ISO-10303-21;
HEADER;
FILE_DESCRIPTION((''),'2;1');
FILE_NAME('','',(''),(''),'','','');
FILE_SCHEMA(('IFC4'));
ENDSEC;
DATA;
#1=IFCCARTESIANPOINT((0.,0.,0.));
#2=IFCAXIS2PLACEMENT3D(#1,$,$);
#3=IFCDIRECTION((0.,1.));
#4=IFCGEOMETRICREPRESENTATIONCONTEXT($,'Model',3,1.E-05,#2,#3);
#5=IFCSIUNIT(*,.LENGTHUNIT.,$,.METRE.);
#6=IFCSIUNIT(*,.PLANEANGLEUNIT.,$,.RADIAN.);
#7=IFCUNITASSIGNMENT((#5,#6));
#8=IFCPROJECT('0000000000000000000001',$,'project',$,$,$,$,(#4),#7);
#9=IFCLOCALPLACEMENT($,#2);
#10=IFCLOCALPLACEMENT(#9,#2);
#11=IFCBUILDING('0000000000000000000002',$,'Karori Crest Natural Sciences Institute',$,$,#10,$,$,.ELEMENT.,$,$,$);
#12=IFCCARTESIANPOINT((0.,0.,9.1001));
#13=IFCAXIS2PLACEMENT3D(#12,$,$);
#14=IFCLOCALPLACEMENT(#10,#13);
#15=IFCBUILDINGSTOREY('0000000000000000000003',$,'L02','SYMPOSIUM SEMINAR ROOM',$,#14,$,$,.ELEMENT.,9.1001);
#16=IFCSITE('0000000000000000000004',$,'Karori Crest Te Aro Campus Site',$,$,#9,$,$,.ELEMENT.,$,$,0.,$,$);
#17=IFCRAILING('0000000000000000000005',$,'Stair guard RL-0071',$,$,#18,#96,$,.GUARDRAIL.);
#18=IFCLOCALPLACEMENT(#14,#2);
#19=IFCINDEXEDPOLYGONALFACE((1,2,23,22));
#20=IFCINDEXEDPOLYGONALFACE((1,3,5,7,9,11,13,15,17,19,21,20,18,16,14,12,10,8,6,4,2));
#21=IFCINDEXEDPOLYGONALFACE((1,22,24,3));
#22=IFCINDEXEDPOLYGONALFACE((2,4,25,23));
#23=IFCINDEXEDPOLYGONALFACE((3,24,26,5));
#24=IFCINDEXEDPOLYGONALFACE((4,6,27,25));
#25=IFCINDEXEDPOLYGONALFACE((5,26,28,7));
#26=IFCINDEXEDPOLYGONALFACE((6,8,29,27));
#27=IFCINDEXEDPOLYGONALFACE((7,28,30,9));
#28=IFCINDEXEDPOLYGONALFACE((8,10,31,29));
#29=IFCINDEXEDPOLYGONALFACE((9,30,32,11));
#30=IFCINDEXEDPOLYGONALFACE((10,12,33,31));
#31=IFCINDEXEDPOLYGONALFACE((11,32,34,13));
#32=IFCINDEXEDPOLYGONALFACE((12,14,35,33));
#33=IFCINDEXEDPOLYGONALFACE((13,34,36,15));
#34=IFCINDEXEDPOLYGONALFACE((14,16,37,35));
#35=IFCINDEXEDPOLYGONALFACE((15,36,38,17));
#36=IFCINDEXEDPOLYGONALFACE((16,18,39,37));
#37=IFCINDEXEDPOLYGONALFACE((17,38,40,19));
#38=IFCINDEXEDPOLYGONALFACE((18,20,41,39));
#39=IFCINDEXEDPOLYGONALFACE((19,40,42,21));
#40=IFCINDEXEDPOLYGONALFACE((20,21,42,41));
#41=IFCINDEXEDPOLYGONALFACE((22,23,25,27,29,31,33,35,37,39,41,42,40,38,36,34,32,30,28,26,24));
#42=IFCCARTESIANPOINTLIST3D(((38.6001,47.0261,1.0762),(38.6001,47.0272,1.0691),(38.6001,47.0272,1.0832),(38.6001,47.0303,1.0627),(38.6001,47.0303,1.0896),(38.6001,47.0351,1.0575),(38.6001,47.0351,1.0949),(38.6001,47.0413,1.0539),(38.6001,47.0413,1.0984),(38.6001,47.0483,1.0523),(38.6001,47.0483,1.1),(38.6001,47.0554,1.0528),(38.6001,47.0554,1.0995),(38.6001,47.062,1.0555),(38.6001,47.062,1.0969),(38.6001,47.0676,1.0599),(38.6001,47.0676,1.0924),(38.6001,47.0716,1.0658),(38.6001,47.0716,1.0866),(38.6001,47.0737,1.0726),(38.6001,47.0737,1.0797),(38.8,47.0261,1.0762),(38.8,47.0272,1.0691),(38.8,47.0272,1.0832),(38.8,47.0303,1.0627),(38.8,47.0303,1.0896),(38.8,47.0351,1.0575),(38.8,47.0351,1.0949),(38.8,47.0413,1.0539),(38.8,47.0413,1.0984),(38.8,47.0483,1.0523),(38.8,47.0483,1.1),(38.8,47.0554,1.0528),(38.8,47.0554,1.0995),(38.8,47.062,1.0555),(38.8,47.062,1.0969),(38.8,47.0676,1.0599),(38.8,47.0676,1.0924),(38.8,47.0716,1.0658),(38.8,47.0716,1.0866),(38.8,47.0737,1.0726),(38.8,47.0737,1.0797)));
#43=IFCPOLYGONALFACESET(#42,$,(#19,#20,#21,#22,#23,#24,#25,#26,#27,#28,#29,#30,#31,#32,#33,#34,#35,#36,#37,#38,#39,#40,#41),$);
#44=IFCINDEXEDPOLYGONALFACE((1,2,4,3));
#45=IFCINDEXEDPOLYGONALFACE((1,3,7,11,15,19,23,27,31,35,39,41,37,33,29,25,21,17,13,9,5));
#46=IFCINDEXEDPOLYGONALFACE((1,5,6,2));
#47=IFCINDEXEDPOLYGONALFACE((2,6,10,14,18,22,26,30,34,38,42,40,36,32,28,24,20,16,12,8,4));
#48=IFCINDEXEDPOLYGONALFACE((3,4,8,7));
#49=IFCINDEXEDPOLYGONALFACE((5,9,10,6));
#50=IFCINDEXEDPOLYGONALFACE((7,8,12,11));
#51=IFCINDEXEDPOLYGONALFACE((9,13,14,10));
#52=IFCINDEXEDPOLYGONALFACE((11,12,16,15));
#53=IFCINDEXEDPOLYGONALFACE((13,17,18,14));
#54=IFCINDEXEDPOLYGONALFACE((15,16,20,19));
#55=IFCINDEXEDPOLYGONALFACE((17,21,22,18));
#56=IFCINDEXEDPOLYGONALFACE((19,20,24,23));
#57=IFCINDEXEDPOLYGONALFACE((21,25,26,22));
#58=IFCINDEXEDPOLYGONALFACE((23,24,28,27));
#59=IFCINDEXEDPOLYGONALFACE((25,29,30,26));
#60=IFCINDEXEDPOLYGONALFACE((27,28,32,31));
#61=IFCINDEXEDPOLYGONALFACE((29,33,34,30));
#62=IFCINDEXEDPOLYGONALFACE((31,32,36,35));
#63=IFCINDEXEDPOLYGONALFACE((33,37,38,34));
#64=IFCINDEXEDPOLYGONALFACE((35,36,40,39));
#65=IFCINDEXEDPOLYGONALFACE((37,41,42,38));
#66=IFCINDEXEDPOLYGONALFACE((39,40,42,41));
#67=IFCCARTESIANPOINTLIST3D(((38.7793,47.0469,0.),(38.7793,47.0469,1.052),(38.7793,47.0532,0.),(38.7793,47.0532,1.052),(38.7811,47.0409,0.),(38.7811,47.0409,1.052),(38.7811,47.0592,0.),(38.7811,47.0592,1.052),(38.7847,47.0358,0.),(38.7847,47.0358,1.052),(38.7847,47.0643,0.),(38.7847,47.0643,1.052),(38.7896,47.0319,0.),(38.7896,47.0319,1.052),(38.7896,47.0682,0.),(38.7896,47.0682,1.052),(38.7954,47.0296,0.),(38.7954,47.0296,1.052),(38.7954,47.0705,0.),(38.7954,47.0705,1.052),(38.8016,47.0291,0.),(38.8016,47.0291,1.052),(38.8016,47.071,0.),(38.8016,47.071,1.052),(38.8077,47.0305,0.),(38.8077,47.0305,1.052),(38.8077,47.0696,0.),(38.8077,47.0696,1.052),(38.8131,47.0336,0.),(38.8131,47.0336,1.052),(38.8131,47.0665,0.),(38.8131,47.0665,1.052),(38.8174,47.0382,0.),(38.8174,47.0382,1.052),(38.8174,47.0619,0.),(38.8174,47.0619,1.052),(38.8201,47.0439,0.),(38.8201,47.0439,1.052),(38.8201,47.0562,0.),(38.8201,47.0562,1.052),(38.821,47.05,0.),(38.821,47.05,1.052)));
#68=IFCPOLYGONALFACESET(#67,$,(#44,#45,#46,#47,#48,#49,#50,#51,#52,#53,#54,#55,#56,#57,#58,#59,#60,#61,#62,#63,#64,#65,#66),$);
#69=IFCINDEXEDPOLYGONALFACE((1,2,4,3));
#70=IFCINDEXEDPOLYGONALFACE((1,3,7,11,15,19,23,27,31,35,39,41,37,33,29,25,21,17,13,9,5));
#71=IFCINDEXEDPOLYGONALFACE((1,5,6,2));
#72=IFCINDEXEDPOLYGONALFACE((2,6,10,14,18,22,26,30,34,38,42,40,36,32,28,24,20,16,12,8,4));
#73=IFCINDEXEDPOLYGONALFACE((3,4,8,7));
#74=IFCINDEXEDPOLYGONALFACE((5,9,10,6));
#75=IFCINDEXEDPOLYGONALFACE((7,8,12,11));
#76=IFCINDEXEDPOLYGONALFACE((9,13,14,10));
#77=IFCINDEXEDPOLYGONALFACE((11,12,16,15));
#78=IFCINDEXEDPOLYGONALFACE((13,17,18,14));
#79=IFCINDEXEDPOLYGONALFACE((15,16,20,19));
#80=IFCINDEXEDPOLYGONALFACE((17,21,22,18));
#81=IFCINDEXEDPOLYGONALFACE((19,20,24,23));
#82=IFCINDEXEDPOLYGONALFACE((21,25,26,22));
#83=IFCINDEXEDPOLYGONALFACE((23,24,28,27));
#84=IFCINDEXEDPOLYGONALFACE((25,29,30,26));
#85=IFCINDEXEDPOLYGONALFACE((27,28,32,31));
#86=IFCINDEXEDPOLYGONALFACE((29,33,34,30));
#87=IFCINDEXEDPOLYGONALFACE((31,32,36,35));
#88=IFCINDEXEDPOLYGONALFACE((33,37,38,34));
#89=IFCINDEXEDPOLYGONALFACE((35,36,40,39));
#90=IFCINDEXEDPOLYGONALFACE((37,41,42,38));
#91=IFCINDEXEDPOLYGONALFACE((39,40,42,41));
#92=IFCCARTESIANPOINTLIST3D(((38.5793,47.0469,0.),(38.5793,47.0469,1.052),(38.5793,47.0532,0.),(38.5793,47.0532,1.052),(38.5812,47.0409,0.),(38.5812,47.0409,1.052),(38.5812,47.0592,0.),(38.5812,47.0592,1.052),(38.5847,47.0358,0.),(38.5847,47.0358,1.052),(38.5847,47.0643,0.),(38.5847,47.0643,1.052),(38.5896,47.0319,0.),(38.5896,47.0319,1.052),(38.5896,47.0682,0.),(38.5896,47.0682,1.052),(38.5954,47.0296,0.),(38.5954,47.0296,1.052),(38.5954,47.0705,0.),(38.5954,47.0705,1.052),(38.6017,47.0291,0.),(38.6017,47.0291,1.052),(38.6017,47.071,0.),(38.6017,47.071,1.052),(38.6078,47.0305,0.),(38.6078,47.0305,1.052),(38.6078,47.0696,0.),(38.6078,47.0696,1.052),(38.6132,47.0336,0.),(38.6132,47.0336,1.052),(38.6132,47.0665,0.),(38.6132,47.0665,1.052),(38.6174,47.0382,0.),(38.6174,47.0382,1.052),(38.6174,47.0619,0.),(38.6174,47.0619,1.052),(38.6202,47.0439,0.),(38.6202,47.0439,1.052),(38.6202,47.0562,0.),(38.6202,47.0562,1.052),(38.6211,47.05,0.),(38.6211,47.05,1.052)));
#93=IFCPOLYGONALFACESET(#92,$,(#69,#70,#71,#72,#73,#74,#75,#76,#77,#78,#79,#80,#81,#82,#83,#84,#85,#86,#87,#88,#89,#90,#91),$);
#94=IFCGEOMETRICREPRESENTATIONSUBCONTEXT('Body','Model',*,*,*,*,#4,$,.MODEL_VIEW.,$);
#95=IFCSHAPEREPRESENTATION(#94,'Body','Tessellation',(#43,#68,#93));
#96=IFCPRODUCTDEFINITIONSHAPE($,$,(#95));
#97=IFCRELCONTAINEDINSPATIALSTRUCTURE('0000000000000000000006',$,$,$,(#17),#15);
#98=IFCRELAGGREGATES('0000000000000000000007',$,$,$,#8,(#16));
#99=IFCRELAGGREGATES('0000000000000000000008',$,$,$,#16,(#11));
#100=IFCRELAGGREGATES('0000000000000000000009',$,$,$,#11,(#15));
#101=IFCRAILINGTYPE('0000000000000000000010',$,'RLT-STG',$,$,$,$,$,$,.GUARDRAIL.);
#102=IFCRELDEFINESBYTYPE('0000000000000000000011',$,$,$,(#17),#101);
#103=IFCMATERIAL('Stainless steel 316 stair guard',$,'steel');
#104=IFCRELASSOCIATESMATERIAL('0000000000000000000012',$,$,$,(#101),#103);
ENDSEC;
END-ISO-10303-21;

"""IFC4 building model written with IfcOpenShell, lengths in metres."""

from ifc_helpers import new_model, si_unit, direction, frame, origin, origin_2d, place, context, subcontext, project, spatial, circle, extrude, material, type_object, element, save


model = new_model("IFC4")

# Units and contexts
model_context = context("Model", 3, precision=1e-05, world=origin(), true_north=direction((0.0, 1.0)))
body_context = subcontext(model_context, "Body", "Model", "MODEL_VIEW")
ifc_project = project(units=[si_unit("LENGTHUNIT", "METRE"), si_unit("PLANEANGLEUNIT", "RADIAN")], contexts=[model_context])

# Site, building, storey
site_placement = place(None, origin())
site = spatial("IfcSite", under=ifc_project, at=site_placement, Name="Karori Crest Te Aro Campus Site", CompositionType="ELEMENT", RefElevation=0.0)
building_placement = place(site_placement, origin())
building = spatial("IfcBuilding", under=site, at=building_placement, Name="Karori Crest Natural Sciences Institute", CompositionType="ELEMENT")
storey_placement = place(building_placement, frame((0.0, 0.0, 9.1001)))
storey = spatial("IfcBuildingStorey", under=building, at=storey_placement, Name="L02", Description="SYMPOSIUM SEMINAR ROOM", CompositionType="ELEMENT", Elevation=9.1001)

# Railing
ifc_material_1 = material(Name="Stainless steel 316 stair guard", Category="steel")
railing_type_1 = type_object("IfcRailingType", Name="RLT-STG", PredefinedType="GUARDRAIL", material=ifc_material_1)
railing_1_placement = place(storey_placement, frame((38.8, 47.05, 0.0)))
element("IfcRailing", 1, at=railing_1_placement, inside=storey, type_object=railing_type_1, Name="Stair guard RL-0071", PredefinedType="GUARDRAIL", context=body_context, shape_type="SweptSolid", body=[
    extrude(circle(Radius=0.0239, at=origin_2d()), frame((0.0, 0.0, 1.0762), z_axis=(-1.0, 0.0, 0.0), x_axis=(0.0, -1.0, 0.0)), (0.0, 0.0, 1.0), 0.2),
    extrude(circle(Radius=0.021, at=origin_2d()), origin(), (0.0, 0.0, 1.0), 1.052),
    extrude(circle(Radius=0.021, at=origin_2d()), frame((-0.2, 0.0, 0.0)), (0.0, 0.0, 1.0), 1.052),
])

save(model, "model.ifc")
